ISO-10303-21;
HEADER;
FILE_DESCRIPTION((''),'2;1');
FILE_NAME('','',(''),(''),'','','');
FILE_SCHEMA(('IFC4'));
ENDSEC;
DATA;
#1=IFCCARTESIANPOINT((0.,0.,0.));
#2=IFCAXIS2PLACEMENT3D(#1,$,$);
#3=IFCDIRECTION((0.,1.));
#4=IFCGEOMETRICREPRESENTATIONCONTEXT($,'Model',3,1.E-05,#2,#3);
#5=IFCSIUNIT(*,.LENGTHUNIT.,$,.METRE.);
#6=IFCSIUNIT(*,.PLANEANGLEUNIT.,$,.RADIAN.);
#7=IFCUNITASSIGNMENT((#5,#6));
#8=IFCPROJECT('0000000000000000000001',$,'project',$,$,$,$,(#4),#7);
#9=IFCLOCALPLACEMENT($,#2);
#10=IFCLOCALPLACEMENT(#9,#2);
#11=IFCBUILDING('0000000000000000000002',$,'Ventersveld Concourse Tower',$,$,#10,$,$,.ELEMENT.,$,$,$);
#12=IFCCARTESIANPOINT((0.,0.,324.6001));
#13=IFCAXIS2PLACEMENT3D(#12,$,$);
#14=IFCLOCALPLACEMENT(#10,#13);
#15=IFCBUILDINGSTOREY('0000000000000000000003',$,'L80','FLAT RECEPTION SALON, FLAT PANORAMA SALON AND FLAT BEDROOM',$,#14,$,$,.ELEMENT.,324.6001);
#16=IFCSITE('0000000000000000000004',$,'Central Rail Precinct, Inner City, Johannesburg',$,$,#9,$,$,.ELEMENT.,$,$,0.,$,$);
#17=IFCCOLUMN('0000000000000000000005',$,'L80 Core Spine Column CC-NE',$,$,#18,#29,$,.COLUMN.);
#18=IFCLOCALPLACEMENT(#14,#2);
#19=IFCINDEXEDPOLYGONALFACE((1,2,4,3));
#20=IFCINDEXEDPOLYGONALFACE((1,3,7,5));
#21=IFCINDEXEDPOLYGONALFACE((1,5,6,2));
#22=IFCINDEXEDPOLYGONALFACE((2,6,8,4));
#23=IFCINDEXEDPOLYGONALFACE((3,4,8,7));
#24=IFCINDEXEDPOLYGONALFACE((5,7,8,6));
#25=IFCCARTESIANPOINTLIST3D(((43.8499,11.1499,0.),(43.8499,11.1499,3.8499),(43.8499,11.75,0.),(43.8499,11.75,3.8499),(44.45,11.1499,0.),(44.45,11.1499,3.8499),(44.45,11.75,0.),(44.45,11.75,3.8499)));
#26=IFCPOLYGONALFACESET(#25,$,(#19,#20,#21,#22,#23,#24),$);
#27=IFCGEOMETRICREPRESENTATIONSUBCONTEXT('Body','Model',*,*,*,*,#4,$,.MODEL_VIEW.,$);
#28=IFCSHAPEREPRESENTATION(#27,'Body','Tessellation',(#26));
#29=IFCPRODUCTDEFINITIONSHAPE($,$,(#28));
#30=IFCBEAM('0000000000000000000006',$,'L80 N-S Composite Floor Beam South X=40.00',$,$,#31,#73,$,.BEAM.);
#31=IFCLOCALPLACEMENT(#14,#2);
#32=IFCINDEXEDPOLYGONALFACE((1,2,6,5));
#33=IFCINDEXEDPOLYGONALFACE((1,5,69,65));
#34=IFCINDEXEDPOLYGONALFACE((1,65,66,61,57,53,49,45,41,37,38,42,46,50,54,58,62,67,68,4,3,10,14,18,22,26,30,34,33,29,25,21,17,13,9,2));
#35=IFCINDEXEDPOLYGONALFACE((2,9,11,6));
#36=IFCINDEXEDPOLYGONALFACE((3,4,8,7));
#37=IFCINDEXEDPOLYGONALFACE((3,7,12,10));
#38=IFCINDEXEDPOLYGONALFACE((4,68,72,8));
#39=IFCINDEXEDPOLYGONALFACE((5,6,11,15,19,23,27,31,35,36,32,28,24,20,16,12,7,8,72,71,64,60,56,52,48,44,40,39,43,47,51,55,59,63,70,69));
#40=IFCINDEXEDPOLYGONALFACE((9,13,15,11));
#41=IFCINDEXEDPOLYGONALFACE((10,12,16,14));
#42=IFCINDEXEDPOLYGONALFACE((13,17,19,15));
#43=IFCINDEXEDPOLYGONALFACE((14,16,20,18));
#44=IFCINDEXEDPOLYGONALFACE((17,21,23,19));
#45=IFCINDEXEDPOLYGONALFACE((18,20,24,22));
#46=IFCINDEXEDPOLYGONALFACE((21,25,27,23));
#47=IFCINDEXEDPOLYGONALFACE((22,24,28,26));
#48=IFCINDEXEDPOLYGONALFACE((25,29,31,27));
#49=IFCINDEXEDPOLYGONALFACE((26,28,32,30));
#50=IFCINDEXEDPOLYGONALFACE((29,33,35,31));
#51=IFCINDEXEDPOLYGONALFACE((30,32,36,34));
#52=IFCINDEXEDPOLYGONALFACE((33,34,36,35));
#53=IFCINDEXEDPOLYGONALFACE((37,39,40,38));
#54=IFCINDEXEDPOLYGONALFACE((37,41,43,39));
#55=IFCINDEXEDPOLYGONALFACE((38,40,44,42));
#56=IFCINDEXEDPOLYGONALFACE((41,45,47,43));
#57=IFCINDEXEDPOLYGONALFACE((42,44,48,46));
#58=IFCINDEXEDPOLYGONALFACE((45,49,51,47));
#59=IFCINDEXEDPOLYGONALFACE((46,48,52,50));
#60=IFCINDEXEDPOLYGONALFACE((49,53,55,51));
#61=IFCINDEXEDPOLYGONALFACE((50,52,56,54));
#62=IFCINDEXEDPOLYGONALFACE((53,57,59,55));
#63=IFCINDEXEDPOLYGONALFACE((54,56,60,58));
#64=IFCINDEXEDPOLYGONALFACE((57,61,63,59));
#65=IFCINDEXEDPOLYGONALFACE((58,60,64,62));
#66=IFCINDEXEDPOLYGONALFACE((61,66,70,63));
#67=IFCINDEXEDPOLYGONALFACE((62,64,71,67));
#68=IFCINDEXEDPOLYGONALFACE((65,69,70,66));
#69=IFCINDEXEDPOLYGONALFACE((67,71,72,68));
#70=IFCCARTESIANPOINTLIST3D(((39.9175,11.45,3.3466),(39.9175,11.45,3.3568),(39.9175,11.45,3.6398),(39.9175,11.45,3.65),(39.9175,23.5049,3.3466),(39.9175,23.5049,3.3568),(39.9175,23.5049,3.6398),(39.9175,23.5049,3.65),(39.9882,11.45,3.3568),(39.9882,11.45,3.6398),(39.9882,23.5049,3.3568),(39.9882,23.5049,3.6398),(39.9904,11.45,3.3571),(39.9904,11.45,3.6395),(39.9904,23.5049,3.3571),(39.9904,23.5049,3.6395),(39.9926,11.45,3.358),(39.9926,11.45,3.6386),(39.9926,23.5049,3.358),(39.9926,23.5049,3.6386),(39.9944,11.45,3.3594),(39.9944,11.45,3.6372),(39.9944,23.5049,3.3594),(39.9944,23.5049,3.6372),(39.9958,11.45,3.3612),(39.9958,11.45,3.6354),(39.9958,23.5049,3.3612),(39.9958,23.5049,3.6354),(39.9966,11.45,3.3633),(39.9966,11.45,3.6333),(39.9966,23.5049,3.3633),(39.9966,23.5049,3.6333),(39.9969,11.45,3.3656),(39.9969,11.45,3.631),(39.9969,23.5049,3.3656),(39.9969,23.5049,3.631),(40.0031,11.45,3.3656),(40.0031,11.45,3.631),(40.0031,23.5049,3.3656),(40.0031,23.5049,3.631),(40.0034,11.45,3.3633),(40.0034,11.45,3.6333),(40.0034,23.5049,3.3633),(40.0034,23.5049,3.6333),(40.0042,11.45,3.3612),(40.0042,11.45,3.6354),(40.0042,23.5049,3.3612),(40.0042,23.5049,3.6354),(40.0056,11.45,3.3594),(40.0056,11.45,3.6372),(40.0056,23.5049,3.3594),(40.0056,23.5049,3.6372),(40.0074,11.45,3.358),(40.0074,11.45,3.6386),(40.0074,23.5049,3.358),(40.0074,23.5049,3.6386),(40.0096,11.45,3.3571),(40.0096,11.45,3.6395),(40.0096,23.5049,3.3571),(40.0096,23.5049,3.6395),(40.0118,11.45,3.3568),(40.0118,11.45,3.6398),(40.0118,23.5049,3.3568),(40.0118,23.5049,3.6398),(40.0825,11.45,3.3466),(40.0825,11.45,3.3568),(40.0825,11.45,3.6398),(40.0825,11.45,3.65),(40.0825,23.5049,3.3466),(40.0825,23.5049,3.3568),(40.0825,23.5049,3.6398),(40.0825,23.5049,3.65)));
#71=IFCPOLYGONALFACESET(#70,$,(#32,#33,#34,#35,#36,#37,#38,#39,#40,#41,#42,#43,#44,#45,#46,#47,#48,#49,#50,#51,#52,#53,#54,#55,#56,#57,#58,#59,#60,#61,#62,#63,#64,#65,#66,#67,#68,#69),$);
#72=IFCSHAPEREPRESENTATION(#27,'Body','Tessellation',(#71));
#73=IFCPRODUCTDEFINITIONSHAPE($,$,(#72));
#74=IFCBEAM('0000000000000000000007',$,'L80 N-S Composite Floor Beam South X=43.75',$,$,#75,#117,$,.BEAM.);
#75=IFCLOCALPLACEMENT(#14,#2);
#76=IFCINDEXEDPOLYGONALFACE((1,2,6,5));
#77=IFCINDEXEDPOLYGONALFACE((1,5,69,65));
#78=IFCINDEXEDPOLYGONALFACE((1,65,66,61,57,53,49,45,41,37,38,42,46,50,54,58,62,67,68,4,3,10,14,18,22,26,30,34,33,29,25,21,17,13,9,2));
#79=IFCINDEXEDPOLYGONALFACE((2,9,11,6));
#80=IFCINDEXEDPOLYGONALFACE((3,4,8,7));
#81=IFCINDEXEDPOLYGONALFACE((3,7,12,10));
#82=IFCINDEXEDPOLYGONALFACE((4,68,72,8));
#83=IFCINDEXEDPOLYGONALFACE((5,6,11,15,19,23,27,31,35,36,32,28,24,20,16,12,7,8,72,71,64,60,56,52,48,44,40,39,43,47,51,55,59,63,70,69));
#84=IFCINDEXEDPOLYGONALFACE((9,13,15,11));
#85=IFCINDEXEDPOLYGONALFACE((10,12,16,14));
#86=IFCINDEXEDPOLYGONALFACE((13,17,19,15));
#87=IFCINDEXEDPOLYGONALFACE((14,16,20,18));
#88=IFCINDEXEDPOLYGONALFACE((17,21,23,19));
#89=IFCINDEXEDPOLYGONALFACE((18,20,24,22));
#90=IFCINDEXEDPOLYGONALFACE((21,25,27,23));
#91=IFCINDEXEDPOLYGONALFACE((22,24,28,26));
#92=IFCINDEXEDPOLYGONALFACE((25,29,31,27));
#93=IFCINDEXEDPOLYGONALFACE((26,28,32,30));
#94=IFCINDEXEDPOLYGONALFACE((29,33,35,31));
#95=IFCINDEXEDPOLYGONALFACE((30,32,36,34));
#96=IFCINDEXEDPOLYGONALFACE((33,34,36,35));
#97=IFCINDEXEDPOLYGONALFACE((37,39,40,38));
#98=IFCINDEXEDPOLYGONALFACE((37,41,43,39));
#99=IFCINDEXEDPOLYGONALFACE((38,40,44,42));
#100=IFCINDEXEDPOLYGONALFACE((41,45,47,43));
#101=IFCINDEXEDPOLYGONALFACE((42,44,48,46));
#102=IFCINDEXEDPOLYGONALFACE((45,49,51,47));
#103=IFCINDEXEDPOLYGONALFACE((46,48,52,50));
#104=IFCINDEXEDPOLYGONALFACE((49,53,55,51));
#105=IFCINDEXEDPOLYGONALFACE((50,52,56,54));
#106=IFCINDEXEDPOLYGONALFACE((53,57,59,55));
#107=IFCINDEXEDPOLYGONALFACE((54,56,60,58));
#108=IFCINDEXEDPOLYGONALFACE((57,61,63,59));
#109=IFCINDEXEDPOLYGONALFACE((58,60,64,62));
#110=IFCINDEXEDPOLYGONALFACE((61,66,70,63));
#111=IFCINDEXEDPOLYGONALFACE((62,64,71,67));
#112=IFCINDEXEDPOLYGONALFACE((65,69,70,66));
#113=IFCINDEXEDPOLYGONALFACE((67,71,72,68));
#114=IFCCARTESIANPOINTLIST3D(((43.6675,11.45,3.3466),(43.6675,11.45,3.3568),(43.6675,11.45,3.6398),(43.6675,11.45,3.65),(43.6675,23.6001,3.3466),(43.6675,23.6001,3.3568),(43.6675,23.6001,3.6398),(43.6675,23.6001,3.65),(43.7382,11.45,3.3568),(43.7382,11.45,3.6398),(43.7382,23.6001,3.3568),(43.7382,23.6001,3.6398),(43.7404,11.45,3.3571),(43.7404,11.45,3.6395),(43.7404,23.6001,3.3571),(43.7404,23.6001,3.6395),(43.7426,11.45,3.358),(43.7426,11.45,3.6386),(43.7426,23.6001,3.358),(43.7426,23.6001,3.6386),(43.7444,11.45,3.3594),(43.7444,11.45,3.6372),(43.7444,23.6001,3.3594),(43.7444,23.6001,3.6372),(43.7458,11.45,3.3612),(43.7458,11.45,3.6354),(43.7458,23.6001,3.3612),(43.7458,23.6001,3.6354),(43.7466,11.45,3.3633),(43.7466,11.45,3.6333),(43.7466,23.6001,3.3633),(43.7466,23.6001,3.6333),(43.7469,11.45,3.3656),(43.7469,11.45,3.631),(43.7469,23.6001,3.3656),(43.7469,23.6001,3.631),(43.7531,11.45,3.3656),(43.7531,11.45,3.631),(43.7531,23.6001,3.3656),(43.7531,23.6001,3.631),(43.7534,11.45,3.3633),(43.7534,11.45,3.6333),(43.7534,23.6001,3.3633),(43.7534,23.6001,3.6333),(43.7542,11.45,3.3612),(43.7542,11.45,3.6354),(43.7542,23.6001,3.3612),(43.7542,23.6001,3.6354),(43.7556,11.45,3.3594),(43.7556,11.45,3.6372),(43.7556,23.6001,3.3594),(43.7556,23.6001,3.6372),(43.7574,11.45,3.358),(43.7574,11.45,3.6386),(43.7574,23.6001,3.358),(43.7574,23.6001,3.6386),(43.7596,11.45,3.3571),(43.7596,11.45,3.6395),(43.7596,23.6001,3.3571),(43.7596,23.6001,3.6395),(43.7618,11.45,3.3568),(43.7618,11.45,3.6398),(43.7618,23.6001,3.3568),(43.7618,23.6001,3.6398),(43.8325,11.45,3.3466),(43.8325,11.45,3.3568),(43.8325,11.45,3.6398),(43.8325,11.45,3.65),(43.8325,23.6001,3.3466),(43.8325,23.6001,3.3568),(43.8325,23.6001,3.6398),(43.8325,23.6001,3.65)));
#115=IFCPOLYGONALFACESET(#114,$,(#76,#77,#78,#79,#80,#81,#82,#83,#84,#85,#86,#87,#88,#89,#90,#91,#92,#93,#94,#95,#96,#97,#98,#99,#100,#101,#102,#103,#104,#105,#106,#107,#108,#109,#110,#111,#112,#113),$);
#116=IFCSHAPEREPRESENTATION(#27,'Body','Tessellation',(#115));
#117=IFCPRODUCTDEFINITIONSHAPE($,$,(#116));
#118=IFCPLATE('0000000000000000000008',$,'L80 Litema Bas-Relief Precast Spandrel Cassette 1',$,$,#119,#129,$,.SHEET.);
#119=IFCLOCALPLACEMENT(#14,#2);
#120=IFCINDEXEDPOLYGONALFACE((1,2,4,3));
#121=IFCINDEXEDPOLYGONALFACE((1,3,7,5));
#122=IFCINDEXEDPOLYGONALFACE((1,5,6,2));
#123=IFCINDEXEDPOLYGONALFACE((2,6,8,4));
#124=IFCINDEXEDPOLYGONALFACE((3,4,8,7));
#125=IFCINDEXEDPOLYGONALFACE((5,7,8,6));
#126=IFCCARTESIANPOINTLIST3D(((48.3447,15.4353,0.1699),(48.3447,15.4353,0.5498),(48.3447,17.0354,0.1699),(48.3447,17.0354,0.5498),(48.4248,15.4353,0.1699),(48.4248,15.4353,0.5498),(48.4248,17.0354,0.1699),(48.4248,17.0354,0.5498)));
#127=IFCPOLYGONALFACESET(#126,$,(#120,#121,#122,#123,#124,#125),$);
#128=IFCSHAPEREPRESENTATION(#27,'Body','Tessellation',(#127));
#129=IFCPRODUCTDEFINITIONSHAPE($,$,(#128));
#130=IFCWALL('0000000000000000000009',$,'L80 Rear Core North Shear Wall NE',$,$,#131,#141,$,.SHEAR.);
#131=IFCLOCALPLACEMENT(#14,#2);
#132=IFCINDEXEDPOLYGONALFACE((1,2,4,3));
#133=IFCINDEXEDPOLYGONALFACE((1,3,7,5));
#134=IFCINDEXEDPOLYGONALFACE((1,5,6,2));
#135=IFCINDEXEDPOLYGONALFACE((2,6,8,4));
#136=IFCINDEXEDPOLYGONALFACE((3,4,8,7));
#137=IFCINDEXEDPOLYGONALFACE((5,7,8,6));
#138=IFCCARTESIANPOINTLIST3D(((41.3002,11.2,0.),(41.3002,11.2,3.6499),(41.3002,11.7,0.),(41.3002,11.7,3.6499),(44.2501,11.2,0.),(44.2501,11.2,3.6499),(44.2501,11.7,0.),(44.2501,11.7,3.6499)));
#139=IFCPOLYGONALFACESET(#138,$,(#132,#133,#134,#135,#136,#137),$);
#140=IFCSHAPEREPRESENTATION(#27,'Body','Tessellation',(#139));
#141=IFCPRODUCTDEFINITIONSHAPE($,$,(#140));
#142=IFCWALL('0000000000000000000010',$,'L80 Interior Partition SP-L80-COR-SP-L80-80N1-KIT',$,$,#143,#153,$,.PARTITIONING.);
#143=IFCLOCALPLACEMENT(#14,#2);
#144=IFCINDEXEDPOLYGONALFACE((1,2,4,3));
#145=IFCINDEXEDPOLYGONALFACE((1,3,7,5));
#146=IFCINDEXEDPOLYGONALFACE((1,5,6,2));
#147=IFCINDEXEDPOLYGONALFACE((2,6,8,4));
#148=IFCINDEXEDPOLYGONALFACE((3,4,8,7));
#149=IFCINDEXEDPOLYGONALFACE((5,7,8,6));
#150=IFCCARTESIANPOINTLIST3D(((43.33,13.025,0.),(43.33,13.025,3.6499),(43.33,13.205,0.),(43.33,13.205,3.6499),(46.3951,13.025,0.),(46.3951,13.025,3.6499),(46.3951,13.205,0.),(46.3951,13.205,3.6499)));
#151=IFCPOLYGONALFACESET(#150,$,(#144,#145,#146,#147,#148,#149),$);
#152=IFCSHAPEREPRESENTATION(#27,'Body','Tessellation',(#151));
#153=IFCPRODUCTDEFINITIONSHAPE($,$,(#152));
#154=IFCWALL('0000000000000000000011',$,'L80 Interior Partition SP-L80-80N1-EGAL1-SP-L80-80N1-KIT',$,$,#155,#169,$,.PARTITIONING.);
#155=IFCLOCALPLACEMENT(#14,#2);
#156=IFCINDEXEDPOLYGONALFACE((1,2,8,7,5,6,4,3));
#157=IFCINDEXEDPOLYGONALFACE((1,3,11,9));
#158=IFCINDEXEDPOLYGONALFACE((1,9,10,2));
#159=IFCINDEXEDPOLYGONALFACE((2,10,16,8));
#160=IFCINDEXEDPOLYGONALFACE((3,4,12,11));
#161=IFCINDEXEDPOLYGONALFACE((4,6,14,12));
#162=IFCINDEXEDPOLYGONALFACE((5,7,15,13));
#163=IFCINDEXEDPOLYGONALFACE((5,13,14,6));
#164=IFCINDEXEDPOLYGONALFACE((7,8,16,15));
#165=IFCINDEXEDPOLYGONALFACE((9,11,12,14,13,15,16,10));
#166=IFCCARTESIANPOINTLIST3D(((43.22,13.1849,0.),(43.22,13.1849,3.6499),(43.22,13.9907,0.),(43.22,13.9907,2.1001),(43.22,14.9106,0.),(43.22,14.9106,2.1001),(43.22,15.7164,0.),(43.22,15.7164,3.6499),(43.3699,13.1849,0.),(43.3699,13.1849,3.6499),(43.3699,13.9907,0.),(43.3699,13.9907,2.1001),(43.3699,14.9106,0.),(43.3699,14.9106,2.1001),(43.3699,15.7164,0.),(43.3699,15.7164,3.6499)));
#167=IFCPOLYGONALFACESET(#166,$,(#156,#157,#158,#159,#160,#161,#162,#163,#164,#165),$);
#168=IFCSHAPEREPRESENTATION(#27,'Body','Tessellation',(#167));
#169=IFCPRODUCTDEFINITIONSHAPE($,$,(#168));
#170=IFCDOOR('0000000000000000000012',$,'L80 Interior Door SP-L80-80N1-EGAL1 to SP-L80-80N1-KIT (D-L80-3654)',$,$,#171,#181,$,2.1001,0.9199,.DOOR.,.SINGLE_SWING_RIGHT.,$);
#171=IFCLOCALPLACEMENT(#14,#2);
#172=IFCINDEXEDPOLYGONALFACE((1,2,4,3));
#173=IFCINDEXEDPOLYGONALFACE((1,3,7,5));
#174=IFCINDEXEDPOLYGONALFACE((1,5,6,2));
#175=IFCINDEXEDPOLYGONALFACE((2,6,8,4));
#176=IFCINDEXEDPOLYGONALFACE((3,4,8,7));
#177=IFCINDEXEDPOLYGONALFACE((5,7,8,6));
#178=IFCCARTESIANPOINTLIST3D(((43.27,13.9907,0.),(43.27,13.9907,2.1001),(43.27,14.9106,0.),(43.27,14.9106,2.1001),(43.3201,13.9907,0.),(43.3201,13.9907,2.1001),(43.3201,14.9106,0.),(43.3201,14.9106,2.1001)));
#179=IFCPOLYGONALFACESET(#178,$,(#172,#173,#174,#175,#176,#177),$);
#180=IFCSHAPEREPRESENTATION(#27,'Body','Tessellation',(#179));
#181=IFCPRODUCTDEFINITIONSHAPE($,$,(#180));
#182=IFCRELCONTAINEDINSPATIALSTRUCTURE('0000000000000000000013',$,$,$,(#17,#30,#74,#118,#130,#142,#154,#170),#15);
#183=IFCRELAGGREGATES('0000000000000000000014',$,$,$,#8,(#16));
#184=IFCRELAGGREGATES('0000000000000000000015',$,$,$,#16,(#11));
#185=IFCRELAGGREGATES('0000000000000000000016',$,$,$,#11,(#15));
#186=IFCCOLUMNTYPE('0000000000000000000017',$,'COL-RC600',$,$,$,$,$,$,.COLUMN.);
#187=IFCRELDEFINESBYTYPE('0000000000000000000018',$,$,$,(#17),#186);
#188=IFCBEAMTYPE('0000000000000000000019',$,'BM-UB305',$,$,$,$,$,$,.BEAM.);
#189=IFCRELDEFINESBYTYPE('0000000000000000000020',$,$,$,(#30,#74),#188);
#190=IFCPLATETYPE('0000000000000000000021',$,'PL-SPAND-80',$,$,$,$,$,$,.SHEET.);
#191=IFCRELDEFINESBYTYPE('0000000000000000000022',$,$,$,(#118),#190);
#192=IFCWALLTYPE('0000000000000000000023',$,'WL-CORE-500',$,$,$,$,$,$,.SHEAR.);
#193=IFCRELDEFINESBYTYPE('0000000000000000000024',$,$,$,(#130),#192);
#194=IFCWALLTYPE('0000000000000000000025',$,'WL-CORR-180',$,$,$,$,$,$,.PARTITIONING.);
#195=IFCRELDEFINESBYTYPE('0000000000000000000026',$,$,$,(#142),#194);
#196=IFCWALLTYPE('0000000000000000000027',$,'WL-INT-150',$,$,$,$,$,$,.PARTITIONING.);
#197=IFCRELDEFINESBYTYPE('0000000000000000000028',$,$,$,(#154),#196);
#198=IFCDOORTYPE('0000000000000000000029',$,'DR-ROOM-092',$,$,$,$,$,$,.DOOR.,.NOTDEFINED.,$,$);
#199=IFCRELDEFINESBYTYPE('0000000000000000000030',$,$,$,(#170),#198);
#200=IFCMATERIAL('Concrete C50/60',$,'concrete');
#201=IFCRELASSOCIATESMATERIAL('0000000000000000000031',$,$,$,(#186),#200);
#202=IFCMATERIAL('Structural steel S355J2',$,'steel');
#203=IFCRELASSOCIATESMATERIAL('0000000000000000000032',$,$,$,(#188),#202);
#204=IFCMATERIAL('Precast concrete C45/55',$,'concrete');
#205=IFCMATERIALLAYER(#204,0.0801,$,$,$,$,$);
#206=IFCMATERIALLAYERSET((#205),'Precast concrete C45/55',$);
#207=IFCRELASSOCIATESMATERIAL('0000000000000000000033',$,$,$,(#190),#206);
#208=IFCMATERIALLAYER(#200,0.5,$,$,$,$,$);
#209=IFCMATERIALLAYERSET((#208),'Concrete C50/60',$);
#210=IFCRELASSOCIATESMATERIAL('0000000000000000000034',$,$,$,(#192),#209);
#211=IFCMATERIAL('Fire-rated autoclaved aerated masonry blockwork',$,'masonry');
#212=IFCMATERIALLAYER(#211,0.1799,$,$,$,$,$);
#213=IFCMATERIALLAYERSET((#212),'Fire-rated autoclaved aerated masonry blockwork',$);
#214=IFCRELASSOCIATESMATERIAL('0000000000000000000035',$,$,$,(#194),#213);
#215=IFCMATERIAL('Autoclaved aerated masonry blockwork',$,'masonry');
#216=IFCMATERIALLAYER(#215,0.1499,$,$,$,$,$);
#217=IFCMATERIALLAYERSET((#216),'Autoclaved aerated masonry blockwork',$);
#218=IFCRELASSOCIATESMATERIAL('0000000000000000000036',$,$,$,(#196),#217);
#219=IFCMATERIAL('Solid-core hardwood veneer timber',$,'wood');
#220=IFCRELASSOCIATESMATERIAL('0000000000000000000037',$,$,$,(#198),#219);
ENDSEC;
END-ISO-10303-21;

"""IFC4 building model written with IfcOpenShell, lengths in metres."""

from ifc_helpers import new_model, si_unit, direction, frame, frame_2d, origin, origin_2d, place, context, subcontext, project, spatial, rectangle, i_section, extrude, material, layer, layer_set, material_profile, profile_set, type_object, element, fill, save


model = new_model("IFC4")

# Units and contexts
model_context = context("Model", 3, precision=1e-05, world=origin(), true_north=direction((0.0, 1.0)))
body_context = subcontext(model_context, "Body", "Model", "MODEL_VIEW")
ifc_project = project(units=[si_unit("LENGTHUNIT", "METRE"), si_unit("PLANEANGLEUNIT", "RADIAN")], contexts=[model_context])

# Site, building, storey
site_placement = place(None, origin())
site = spatial("IfcSite", under=ifc_project, at=site_placement, Name="Central Rail Precinct, Inner City, Johannesburg", CompositionType="ELEMENT", RefElevation=0.0)
building_placement = place(site_placement, origin())
building = spatial("IfcBuilding", under=site, at=building_placement, Name="Ventersveld Concourse Tower", CompositionType="ELEMENT")
storey_placement = place(building_placement, frame((0.0, 0.0, 324.6001)))
storey = spatial("IfcBuildingStorey", under=building, at=storey_placement, Name="L80", Description="FLAT RECEPTION SALON, FLAT PANORAMA SALON AND FLAT BEDROOM", CompositionType="ELEMENT", Elevation=324.6001)

# Column
ifc_material_1 = material(Name="Concrete C50/60", Category="concrete")
ifc_material_profile_1 = material_profile(ifc_material_1, rectangle(XDim=0.6001, YDim=0.6001, at=origin_2d()), Name="RC 600x600")
ifc_profile_set_1 = profile_set([ifc_material_profile_1], Name="Concrete C50/60")
column_type = type_object("IfcColumnType", Name="COL-RC600", PredefinedType="COLUMN", material=ifc_profile_set_1)
column_placement = place(storey_placement, frame((44.1499, 11.45, 0.0), z_axis=(0.0, 0.0, 1.0), x_axis=(1.0, 0.0, 0.0)))
element("IfcColumn", 1, at=column_placement, inside=storey, type_object=column_type, Name="L80 Core Spine Column CC-NE", PredefinedType="COLUMN", context=body_context, shape_type="SweptSolid", body=[
    extrude(rectangle(XDim=0.6001, YDim=0.6001, at=origin_2d()), origin(), (0.0, 0.0, 1.0), 3.8499),
])

# Beams
ifc_material_2 = material(Name="Structural steel S355J2", Category="steel")
ifc_material_profile_2 = material_profile(ifc_material_2, i_section(OverallWidth=0.165, OverallDepth=0.3035, WebThickness=0.0061, FlangeThickness=0.0103, FilletRadius=0.0088, at=origin_2d()), Name="UB 305x165x40")
ifc_profile_set_2 = profile_set([ifc_material_profile_2], Name="Structural steel S355J2")
beam_type = type_object("IfcBeamType", Name="BM-UB305", PredefinedType="BEAM", material=ifc_profile_set_2)
beam_1_placement = place(storey_placement, frame((40.0, 11.45, 3.4983), z_axis=(0.0, 1.0, 0.0), x_axis=(-1.0, 0.0, 0.0)))
element("IfcBeam", 2, at=beam_1_placement, inside=storey, type_object=beam_type, Name="L80 N-S Composite Floor Beam South X=40.00", PredefinedType="BEAM", context=body_context, shape_type="SweptSolid", body=[
    extrude(i_section(OverallWidth=0.165, OverallDepth=0.3035, WebThickness=0.0061, FlangeThickness=0.0103, FilletRadius=0.0088, at=origin_2d()), origin(), (0.0, 0.0, 1.0), 12.0549),
])
beam_2_placement = place(storey_placement, frame((43.75, 11.45, 3.4983), z_axis=(0.0, 1.0, 0.0), x_axis=(-1.0, 0.0, 0.0)))
element("IfcBeam", 3, at=beam_2_placement, inside=storey, type_object=beam_type, Name="L80 N-S Composite Floor Beam South X=43.75", PredefinedType="BEAM", context=body_context, shape_type="SweptSolid", body=[
    extrude(i_section(OverallWidth=0.165, OverallDepth=0.3035, WebThickness=0.0061, FlangeThickness=0.0103, FilletRadius=0.0088, at=origin_2d()), origin(), (0.0, 0.0, 1.0), 12.1501),
])

# Plate
ifc_material_3 = material(Name="Precast concrete C45/55", Category="concrete")
ifc_layer_1 = layer(ifc_material_3, 0.0801)
ifc_layer_set_1 = layer_set([ifc_layer_1], Name="Precast concrete C45/55")
plate_type = type_object("IfcPlateType", Name="PL-SPAND-80", PredefinedType="SHEET", material=ifc_layer_set_1)
plate_placement = place(storey_placement, frame((48.3848, 16.2354, 0.1699), z_axis=(0.0, 0.0, 1.0), x_axis=(0.0, 1.0, 0.0)))
element("IfcPlate", 4, at=plate_placement, inside=storey, type_object=plate_type, Name="L80 Litema Bas-Relief Precast Spandrel Cassette 1", PredefinedType="SHEET", context=body_context, shape_type="SweptSolid", body=[
    extrude(rectangle(XDim=1.6001, YDim=0.0801, at=origin_2d()), origin(), (0.0, 0.0, 1.0), 0.3799),
])

# Wall
ifc_layer_2 = layer(ifc_material_1, 0.5)
ifc_layer_set_2 = layer_set([ifc_layer_2], Name="Concrete C50/60")
wall_type_1 = type_object("IfcWallType", Name="WL-CORE-500", PredefinedType="SHEAR", material=ifc_layer_set_2)
wall_1_placement = place(storey_placement, frame((41.3, 11.45, 0.0), z_axis=(0.0, 0.0, 1.0), x_axis=(1.0, 0.0, 0.0)))
element("IfcWall", 5, at=wall_1_placement, inside=storey, type_object=wall_type_1, Name="L80 Rear Core North Shear Wall NE", PredefinedType="SHEAR", context=body_context, shape_type="SweptSolid", body=[
    extrude(rectangle(XDim=2.95, YDim=0.5, at=frame_2d((1.4751, 0.0))), origin(), (0.0, 0.0, 1.0), 3.6499),
])

# Shared definitions
ifc_material_4 = material(Name="Fire-rated autoclaved aerated masonry blockwork", Category="masonry")
ifc_layer_3 = layer(ifc_material_4, 0.1799)
ifc_layer_set_3 = layer_set([ifc_layer_3], Name="Fire-rated autoclaved aerated masonry blockwork")
wall_type_2 = type_object("IfcWallType", Name="WL-CORR-180", PredefinedType="PARTITIONING", material=ifc_layer_set_3)
ifc_material_5 = material(Name="Solid-core hardwood veneer timber", Category="wood")

# Wall
wall_2_placement = place(storey_placement, frame((43.3298, 13.115, 0.0), z_axis=(0.0, 0.0, 1.0), x_axis=(1.0, 0.0, 0.0)))
element("IfcWall", 6, at=wall_2_placement, inside=storey, type_object=wall_type_2, Name="L80 Interior Partition SP-L80-COR-SP-L80-80N1-KIT", PredefinedType="PARTITIONING", context=body_context, shape_type="SweptSolid", body=[
    extrude(rectangle(XDim=3.0652, YDim=0.1799, at=frame_2d((1.5327, 0.0))), origin(), (0.0, 0.0, 1.0), 3.6499),
])

# Wall, opening, door
ifc_material_6 = material(Name="Autoclaved aerated masonry blockwork", Category="masonry")
ifc_layer_4 = layer(ifc_material_6, 0.1499)
ifc_layer_set_4 = layer_set([ifc_layer_4], Name="Autoclaved aerated masonry blockwork")
wall_type_3 = type_object("IfcWallType", Name="WL-INT-150", PredefinedType="PARTITIONING", material=ifc_layer_set_4)
wall_3_placement = place(storey_placement, frame((43.2949, 13.1851, 0.0), z_axis=(0.0, 0.0, 1.0), x_axis=(0.0, 1.0, 0.0)))
wall_3 = element("IfcWall", 7, at=wall_3_placement, inside=storey, type_object=wall_type_3, Name="L80 Interior Partition SP-L80-80N1-EGAL1-SP-L80-80N1-KIT", PredefinedType="PARTITIONING", context=body_context, shape_type="SweptSolid", body=[
    extrude(rectangle(XDim=2.5315, YDim=0.1499, at=frame_2d((1.2656, 0.0))), origin(), (0.0, 0.0, 1.0), 3.6499),
])
opening_1_placement = place(wall_3_placement, frame((0.8057, 0.0, 0.0)))
opening_1 = element("IfcOpeningElement", 8, at=opening_1_placement, cuts=wall_3, PredefinedType="OPENING", context=body_context, shape_type="SweptSolid", body=[
    extrude(rectangle(XDim=0.9199, YDim=2.1001, at=frame_2d((0.46, 1.05))), frame((0.0, 0.085, 0.0), z_axis=(0.0, -1.0, 0.0), x_axis=(1.0, 0.0, 0.0)), (0.0, 0.0, 1.0), 0.1699),
])
door_type_1 = type_object("IfcDoorType", Name="DR-ROOM-092", OperationType="NOTDEFINED", PredefinedType="DOOR", material=ifc_material_5)
door_1_placement = place(opening_1_placement, origin())
door_1 = element("IfcDoor", 9, at=door_1_placement, inside=storey, type_object=door_type_1, Name="L80 Interior Door SP-L80-80N1-EGAL1 to SP-L80-80N1-KIT (D-L80-3654)", OperationType="SINGLE_SWING_RIGHT", OverallHeight=2.1001, OverallWidth=0.9199, PredefinedType="DOOR", context=body_context, shape_type="SweptSolid", body=[
    extrude(rectangle(XDim=0.9199, YDim=2.1001, at=frame_2d((0.46, 1.05))), frame((0.0, 0.0249, 0.0), z_axis=(0.0, -1.0, 0.0), x_axis=(1.0, 0.0, 0.0)), (0.0, 0.0, 1.0), 0.05),
])
fill(opening_1, door_1)

save(model, "model.ifc")
